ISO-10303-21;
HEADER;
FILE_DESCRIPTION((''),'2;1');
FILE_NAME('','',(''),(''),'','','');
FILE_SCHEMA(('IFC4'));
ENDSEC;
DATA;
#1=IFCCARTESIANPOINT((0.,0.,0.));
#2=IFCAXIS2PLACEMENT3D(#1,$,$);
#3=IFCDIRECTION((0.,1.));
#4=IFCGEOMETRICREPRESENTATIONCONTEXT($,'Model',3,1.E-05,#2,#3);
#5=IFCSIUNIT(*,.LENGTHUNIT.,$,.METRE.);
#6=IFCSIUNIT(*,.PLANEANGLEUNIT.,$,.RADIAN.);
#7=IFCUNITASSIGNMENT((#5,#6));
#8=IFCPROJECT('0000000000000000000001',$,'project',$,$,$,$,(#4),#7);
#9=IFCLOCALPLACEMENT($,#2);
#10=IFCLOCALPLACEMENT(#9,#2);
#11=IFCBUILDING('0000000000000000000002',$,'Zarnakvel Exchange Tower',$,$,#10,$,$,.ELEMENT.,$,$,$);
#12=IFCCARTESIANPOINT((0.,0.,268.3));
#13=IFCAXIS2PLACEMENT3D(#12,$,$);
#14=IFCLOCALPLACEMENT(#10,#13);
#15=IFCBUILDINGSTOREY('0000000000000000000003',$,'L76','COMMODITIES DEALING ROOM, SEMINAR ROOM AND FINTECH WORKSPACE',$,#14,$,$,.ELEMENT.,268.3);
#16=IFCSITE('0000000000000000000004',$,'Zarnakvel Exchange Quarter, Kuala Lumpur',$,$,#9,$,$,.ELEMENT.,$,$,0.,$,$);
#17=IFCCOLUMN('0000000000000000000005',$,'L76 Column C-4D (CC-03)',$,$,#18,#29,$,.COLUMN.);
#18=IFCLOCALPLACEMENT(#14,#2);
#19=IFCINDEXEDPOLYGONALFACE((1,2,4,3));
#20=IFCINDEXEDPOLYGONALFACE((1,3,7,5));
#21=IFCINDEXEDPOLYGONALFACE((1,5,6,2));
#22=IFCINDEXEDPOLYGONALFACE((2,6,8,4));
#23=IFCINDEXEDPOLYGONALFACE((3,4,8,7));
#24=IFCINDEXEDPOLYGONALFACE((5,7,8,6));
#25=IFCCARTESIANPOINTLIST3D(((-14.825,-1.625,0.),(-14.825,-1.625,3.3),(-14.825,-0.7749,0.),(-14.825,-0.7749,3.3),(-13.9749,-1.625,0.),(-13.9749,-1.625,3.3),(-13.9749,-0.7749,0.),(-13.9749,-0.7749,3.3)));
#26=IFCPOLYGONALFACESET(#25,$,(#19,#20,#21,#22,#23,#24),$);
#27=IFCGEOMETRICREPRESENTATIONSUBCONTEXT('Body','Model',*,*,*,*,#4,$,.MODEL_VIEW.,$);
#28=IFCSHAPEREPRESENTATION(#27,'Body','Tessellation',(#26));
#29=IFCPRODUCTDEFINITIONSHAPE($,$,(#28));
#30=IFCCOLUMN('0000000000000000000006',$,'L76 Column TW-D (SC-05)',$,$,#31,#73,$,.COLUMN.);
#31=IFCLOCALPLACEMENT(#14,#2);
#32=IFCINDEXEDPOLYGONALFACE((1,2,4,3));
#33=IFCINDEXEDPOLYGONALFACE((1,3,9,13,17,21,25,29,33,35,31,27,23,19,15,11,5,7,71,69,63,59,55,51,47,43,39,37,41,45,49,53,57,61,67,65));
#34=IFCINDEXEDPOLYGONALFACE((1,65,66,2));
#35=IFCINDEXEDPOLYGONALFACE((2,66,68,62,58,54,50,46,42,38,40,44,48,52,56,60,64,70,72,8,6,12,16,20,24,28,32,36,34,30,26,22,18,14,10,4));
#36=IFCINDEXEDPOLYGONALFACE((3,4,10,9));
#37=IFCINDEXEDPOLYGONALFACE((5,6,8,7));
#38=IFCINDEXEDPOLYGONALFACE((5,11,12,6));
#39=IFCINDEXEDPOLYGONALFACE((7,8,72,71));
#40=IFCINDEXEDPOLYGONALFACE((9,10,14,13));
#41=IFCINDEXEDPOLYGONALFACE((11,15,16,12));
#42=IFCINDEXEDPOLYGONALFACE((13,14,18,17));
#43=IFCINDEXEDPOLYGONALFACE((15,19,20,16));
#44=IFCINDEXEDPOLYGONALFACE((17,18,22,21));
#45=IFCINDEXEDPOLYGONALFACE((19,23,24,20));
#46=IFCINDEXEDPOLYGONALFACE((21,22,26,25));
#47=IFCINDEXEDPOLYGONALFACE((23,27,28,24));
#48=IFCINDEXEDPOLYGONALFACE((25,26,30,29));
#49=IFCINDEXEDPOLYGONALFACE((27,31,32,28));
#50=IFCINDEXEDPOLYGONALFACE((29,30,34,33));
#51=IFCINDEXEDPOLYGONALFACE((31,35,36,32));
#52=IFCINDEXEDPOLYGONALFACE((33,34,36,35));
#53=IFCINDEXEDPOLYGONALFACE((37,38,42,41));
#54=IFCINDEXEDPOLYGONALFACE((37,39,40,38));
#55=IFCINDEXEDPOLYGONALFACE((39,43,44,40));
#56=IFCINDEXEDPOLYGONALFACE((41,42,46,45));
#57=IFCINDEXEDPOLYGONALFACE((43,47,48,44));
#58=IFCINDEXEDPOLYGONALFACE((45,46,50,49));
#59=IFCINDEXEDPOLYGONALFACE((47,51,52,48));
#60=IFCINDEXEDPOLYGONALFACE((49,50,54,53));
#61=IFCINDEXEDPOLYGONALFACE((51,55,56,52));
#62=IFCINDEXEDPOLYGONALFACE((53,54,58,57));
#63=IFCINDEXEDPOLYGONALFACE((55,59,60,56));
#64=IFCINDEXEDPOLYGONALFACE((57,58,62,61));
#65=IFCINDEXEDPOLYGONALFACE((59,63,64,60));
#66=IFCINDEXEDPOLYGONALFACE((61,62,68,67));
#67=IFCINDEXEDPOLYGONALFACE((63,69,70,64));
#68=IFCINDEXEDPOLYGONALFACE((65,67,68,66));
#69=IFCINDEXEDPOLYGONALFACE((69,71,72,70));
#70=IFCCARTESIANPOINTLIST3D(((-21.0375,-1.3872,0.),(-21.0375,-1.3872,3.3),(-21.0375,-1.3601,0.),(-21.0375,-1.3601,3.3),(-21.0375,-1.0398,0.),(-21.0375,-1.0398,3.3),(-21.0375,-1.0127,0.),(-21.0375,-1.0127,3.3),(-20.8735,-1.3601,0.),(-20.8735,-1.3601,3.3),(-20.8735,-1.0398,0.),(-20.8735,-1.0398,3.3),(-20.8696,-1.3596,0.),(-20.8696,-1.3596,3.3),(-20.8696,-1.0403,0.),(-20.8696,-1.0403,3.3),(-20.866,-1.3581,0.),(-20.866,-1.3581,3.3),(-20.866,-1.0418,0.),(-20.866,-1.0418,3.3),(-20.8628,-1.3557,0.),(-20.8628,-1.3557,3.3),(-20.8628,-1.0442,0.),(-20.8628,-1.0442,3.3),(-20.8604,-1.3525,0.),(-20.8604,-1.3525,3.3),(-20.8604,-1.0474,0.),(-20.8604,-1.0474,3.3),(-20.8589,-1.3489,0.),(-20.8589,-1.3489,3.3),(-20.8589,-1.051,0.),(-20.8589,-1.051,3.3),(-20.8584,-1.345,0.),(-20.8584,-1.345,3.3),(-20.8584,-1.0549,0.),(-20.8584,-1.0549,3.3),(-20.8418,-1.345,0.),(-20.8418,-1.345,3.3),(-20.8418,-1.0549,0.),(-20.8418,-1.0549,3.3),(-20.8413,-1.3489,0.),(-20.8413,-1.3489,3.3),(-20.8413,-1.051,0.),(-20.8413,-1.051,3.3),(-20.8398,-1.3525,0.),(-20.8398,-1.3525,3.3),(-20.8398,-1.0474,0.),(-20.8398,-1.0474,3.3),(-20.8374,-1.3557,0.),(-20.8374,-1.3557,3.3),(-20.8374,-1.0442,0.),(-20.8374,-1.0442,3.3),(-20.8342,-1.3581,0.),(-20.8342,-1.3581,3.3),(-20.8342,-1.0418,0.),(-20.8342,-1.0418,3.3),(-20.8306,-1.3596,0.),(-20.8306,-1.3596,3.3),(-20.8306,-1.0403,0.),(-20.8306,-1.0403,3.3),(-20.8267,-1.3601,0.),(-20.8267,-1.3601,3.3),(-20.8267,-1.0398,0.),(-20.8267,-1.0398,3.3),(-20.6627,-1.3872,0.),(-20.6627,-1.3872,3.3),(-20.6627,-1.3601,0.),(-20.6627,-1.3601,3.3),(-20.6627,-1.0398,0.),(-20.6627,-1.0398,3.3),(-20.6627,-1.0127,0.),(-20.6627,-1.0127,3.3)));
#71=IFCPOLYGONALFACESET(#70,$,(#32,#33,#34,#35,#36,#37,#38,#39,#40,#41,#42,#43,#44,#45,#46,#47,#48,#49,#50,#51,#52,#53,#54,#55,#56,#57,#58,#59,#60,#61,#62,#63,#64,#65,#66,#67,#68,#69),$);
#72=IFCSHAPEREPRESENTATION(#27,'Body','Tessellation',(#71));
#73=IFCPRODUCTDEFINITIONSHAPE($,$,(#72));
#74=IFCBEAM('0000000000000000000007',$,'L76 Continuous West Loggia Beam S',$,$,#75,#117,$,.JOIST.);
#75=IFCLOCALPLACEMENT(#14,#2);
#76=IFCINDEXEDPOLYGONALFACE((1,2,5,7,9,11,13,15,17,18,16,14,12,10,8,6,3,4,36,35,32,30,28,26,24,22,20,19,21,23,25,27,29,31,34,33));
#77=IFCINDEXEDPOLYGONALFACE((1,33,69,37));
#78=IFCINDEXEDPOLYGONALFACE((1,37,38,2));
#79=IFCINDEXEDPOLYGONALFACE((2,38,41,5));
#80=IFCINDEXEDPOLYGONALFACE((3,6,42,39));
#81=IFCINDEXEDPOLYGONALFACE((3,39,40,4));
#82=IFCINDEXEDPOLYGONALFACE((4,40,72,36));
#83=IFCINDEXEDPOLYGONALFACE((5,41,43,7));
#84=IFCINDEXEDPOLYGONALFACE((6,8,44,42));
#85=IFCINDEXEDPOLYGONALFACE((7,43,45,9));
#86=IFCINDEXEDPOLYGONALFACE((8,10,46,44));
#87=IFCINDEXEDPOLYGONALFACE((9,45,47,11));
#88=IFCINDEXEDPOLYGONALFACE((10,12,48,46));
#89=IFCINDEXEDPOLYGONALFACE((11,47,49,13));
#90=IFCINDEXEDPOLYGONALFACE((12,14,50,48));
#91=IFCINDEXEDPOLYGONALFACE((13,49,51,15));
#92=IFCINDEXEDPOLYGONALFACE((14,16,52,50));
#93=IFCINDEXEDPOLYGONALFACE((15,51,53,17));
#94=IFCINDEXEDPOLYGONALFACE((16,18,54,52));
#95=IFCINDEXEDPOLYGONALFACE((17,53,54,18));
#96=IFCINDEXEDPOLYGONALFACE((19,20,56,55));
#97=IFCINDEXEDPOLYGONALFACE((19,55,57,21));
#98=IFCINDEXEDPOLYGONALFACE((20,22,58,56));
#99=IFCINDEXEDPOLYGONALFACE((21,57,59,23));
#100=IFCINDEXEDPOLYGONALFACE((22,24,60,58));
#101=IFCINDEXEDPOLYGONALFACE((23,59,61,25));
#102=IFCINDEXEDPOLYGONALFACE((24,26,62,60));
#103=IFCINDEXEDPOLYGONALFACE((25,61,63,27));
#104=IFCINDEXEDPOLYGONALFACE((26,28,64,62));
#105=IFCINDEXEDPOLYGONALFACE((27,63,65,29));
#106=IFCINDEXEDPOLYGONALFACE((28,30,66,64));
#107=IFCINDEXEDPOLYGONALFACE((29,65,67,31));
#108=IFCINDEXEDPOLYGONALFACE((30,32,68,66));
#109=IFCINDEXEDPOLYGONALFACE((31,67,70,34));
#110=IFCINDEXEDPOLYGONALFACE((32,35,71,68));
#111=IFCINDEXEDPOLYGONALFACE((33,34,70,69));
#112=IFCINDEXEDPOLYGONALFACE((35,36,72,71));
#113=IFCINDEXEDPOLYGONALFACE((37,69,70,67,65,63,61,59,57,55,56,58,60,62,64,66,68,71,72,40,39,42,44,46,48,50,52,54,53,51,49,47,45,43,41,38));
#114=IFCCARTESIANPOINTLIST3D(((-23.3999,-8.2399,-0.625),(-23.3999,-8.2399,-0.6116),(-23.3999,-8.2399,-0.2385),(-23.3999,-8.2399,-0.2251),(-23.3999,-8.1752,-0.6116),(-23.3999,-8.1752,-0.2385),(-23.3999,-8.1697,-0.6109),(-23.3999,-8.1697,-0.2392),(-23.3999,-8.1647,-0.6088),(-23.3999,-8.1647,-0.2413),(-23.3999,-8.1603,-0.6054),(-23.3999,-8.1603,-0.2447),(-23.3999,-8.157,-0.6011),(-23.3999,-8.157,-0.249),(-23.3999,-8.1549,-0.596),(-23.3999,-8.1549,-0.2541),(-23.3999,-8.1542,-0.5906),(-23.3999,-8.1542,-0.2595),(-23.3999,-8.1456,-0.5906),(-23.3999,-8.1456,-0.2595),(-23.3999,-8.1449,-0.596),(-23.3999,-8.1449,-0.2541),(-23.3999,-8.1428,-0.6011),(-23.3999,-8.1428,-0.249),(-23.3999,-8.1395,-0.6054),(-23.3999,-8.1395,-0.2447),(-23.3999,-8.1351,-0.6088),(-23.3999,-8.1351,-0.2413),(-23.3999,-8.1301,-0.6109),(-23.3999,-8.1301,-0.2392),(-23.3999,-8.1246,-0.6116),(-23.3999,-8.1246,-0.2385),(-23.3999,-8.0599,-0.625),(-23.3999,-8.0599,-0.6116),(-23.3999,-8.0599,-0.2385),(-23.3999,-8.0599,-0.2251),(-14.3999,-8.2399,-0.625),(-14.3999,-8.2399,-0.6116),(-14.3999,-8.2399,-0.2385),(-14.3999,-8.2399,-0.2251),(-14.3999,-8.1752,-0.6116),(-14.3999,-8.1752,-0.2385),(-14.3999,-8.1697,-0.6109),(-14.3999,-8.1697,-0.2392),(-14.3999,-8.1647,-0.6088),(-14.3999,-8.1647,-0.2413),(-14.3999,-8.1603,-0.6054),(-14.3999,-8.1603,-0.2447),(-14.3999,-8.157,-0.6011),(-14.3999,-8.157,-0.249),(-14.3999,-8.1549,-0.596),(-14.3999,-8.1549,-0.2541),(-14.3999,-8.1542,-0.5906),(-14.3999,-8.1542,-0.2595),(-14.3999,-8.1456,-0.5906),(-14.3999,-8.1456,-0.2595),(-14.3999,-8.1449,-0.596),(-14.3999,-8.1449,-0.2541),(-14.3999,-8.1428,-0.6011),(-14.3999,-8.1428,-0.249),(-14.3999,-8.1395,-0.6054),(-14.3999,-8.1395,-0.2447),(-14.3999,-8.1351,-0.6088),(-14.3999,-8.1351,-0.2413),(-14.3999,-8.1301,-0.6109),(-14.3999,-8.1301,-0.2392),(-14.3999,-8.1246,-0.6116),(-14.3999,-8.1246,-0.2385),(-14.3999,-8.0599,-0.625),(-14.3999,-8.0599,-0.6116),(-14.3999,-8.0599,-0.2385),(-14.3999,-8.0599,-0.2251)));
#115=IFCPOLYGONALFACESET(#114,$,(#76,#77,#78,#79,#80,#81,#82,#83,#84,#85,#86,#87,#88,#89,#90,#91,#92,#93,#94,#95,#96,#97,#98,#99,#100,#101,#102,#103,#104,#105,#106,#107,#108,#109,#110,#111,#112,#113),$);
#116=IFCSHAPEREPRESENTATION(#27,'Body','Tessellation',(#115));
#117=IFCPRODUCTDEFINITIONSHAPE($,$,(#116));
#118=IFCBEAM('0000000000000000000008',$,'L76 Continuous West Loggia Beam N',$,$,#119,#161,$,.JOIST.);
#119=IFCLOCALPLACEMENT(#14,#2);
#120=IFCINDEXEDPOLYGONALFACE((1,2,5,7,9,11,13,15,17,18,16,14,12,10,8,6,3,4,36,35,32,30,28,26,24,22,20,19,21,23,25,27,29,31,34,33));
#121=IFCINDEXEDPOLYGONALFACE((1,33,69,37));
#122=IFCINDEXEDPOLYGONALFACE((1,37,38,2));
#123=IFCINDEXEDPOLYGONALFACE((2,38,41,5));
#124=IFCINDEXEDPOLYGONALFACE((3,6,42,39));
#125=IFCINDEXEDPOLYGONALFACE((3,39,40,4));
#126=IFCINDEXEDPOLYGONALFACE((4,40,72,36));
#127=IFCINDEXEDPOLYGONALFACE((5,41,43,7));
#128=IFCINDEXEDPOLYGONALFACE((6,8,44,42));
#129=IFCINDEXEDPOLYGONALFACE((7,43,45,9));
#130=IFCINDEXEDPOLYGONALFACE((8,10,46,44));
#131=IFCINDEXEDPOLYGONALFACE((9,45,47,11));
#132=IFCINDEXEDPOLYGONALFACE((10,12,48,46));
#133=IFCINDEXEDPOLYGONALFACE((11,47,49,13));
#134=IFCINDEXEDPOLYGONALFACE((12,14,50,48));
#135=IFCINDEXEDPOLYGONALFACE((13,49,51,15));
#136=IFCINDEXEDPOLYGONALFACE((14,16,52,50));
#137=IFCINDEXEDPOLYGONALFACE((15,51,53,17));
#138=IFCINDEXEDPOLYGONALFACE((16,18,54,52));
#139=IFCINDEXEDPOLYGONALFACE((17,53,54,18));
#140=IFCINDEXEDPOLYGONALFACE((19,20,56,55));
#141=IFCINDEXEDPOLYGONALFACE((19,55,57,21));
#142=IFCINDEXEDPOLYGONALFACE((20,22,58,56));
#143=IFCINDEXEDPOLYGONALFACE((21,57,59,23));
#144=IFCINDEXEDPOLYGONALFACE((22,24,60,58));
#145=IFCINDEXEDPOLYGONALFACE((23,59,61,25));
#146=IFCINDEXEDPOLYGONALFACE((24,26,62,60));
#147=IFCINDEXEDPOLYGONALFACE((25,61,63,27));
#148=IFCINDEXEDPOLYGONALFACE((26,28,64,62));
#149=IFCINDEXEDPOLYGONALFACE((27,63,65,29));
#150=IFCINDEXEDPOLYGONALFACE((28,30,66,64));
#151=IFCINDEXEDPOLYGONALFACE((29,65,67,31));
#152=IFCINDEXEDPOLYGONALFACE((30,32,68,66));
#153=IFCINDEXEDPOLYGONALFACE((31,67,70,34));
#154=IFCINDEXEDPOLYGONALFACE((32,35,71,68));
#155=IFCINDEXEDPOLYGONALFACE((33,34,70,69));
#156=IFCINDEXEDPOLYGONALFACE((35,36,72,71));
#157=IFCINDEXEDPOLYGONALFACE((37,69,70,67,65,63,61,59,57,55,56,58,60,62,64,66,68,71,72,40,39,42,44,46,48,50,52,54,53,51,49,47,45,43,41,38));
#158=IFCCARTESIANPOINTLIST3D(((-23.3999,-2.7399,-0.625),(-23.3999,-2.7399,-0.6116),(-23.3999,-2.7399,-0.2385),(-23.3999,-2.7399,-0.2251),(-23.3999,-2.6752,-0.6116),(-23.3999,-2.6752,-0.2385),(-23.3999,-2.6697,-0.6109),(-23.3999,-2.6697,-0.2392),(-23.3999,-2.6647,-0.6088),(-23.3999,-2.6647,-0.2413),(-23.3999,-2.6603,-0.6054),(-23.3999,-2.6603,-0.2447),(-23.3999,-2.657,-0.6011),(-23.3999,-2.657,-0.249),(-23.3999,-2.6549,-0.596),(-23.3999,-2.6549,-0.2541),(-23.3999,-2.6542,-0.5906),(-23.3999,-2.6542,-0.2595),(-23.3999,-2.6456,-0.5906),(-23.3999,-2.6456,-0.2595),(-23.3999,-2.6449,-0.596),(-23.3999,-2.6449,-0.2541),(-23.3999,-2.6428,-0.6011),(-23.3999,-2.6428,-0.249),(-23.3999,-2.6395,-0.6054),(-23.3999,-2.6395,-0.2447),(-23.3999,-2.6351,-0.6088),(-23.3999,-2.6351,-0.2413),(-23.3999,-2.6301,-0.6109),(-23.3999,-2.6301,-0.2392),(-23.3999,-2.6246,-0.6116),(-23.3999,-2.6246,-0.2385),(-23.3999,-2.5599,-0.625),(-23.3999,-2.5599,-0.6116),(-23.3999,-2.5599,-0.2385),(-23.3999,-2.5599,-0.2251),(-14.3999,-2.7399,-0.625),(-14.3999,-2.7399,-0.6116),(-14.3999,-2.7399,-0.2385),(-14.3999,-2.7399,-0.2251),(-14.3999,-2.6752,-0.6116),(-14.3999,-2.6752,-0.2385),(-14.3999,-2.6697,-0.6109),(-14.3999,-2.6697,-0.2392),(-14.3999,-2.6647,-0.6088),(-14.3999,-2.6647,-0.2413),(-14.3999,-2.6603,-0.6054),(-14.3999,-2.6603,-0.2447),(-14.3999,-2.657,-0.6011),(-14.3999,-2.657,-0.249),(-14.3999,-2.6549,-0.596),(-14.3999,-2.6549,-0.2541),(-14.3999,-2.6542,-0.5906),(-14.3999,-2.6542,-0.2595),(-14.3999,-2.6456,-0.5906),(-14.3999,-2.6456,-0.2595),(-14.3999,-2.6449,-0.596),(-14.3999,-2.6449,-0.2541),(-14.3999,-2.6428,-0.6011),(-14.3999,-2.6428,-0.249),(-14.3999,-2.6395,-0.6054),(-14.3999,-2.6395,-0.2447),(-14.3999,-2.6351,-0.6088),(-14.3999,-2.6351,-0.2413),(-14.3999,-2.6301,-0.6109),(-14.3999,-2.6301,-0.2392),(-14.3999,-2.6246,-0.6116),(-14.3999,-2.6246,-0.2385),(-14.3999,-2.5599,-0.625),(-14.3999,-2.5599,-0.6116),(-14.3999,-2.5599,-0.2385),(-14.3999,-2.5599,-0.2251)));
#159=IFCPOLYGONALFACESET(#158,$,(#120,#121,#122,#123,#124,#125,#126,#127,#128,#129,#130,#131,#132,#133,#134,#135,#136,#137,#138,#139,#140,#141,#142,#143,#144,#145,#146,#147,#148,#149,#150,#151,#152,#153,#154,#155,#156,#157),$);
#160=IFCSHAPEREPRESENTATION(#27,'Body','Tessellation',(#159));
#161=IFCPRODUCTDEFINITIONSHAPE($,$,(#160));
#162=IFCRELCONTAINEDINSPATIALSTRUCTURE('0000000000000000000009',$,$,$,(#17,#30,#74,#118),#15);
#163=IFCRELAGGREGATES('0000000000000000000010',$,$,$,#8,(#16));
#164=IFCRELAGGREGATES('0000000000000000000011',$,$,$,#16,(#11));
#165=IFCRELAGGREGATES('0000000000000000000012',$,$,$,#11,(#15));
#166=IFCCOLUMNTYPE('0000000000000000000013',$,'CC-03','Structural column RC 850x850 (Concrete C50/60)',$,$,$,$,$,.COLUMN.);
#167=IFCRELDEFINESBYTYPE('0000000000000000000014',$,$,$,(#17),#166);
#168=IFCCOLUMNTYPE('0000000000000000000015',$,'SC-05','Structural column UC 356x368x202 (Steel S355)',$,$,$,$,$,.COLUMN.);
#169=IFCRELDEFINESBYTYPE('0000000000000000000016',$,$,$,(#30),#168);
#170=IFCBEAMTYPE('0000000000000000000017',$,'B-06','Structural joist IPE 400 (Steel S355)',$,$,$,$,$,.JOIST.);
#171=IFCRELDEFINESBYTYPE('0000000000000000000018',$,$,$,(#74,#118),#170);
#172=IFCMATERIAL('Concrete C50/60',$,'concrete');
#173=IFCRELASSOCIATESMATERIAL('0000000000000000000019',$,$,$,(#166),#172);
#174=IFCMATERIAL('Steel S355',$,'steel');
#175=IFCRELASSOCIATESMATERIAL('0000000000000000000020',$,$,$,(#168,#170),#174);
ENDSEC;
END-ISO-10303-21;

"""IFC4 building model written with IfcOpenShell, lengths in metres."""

from ifc_helpers import new_model, si_unit, direction, frame, origin, origin_2d, place, context, subcontext, project, spatial, rectangle, i_section, extrude, material, material_profile, profile_set, type_object, element, save


model = new_model("IFC4")

# Units and contexts
model_context = context("Model", 3, precision=1e-05, world=origin(), true_north=direction((0.0, 1.0)))
body_context = subcontext(model_context, "Body", "Model", "MODEL_VIEW")
ifc_project = project(units=[si_unit("LENGTHUNIT", "METRE"), si_unit("PLANEANGLEUNIT", "RADIAN")], contexts=[model_context])

# Site, building, storey
site_placement = place(None, origin())
site = spatial("IfcSite", under=ifc_project, at=site_placement, Name="Zarnakvel Exchange Quarter, Kuala Lumpur", CompositionType="ELEMENT", RefElevation=0.0)
building_placement = place(site_placement, origin())
building = spatial("IfcBuilding", under=site, at=building_placement, Name="Zarnakvel Exchange Tower", CompositionType="ELEMENT")
storey_placement = place(building_placement, frame((0.0, 0.0, 268.3)))
storey = spatial("IfcBuildingStorey", under=building, at=storey_placement, Name="L76", Description="COMMODITIES DEALING ROOM, SEMINAR ROOM AND FINTECH WORKSPACE", CompositionType="ELEMENT", Elevation=268.3)

# Columns
ifc_material_1 = material(Name="Concrete C50/60", Category="concrete")
ifc_material_profile_1 = material_profile(ifc_material_1, rectangle(XDim=0.8501, YDim=0.8501, at=origin_2d()))
ifc_profile_set_1 = profile_set([ifc_material_profile_1], Name="Concrete C50/60")
column_type_1 = type_object("IfcColumnType", Name="CC-03", Description="Structural column RC 850x850 (Concrete C50/60)", PredefinedType="COLUMN", material=ifc_profile_set_1)
column_1_placement = place(storey_placement, frame((-14.3999, -1.2, 0.0), z_axis=(0.0, 0.0, 1.0), x_axis=(1.0, 0.0, 0.0)))
element("IfcColumn", 1, at=column_1_placement, inside=storey, type_object=column_type_1, Name="L76 Column C-4D (CC-03)", PredefinedType="COLUMN", context=body_context, shape_type="SweptSolid", body=[
    extrude(rectangle(XDim=0.8501, YDim=0.8501, at=origin_2d()), origin(), (0.0, 0.0, 1.0), 3.3),
])
ifc_material_2 = material(Name="Steel S355", Category="steel")
ifc_material_profile_2 = material_profile(ifc_material_2, i_section(OverallWidth=0.3748, OverallDepth=0.3745, WebThickness=0.0166, FlangeThickness=0.0271, FilletRadius=0.0151, at=origin_2d()))
ifc_profile_set_2 = profile_set([ifc_material_profile_2], Name="Steel S355")
column_type_2 = type_object("IfcColumnType", Name="SC-05", Description="Structural column UC 356x368x202 (Steel S355)", PredefinedType="COLUMN", material=ifc_profile_set_2)
column_2_placement = place(storey_placement, frame((-20.8501, -1.2, 0.0), z_axis=(0.0, 0.0, 1.0), x_axis=(1.0, 0.0, 0.0)))
element("IfcColumn", 2, at=column_2_placement, inside=storey, type_object=column_type_2, Name="L76 Column TW-D (SC-05)", PredefinedType="COLUMN", context=body_context, shape_type="SweptSolid", body=[
    extrude(i_section(OverallWidth=0.3748, OverallDepth=0.3745, WebThickness=0.0166, FlangeThickness=0.0271, FilletRadius=0.0151, at=origin_2d()), origin(), (0.0, 0.0, 1.0), 3.3),
])

# Beams
ifc_material_profile_3 = material_profile(ifc_material_2, i_section(OverallWidth=0.1799, OverallDepth=0.3999, WebThickness=0.0085, FlangeThickness=0.0134, FilletRadius=0.021, at=origin_2d()))
ifc_profile_set_3 = profile_set([ifc_material_profile_3], Name="Steel S355")
beam_type_1 = type_object("IfcBeamType", Name="B-06", Description="Structural joist IPE 400 (Steel S355)", PredefinedType="JOIST", material=ifc_profile_set_3)
for number, where, z_axis, x_axis, name in (
    (3, (-14.3999, -8.1499, -0.425), (-1.0, 0.0, 0.0), (0.0, -1.0, 0.0), "L76 Continuous West Loggia Beam S"),
    (4, (-14.3999, -2.6499, -0.425), (-1.0, 0.0, 0.0), (0.0, -1.0, 0.0), "L76 Continuous West Loggia Beam N"),
):
    element("IfcBeam", number, at=place(storey_placement, frame(where, z_axis=z_axis, x_axis=x_axis)), inside=storey, type_object=beam_type_1, Name=name, PredefinedType="JOIST", context=body_context, shape_type="SweptSolid", body=[
        extrude(i_section(OverallWidth=0.1799, OverallDepth=0.3999, WebThickness=0.0085, FlangeThickness=0.0134, FilletRadius=0.021, at=origin_2d()), origin(), (0.0, 0.0, 1.0), 9.0),
    ])

save(model, "model.ifc")
